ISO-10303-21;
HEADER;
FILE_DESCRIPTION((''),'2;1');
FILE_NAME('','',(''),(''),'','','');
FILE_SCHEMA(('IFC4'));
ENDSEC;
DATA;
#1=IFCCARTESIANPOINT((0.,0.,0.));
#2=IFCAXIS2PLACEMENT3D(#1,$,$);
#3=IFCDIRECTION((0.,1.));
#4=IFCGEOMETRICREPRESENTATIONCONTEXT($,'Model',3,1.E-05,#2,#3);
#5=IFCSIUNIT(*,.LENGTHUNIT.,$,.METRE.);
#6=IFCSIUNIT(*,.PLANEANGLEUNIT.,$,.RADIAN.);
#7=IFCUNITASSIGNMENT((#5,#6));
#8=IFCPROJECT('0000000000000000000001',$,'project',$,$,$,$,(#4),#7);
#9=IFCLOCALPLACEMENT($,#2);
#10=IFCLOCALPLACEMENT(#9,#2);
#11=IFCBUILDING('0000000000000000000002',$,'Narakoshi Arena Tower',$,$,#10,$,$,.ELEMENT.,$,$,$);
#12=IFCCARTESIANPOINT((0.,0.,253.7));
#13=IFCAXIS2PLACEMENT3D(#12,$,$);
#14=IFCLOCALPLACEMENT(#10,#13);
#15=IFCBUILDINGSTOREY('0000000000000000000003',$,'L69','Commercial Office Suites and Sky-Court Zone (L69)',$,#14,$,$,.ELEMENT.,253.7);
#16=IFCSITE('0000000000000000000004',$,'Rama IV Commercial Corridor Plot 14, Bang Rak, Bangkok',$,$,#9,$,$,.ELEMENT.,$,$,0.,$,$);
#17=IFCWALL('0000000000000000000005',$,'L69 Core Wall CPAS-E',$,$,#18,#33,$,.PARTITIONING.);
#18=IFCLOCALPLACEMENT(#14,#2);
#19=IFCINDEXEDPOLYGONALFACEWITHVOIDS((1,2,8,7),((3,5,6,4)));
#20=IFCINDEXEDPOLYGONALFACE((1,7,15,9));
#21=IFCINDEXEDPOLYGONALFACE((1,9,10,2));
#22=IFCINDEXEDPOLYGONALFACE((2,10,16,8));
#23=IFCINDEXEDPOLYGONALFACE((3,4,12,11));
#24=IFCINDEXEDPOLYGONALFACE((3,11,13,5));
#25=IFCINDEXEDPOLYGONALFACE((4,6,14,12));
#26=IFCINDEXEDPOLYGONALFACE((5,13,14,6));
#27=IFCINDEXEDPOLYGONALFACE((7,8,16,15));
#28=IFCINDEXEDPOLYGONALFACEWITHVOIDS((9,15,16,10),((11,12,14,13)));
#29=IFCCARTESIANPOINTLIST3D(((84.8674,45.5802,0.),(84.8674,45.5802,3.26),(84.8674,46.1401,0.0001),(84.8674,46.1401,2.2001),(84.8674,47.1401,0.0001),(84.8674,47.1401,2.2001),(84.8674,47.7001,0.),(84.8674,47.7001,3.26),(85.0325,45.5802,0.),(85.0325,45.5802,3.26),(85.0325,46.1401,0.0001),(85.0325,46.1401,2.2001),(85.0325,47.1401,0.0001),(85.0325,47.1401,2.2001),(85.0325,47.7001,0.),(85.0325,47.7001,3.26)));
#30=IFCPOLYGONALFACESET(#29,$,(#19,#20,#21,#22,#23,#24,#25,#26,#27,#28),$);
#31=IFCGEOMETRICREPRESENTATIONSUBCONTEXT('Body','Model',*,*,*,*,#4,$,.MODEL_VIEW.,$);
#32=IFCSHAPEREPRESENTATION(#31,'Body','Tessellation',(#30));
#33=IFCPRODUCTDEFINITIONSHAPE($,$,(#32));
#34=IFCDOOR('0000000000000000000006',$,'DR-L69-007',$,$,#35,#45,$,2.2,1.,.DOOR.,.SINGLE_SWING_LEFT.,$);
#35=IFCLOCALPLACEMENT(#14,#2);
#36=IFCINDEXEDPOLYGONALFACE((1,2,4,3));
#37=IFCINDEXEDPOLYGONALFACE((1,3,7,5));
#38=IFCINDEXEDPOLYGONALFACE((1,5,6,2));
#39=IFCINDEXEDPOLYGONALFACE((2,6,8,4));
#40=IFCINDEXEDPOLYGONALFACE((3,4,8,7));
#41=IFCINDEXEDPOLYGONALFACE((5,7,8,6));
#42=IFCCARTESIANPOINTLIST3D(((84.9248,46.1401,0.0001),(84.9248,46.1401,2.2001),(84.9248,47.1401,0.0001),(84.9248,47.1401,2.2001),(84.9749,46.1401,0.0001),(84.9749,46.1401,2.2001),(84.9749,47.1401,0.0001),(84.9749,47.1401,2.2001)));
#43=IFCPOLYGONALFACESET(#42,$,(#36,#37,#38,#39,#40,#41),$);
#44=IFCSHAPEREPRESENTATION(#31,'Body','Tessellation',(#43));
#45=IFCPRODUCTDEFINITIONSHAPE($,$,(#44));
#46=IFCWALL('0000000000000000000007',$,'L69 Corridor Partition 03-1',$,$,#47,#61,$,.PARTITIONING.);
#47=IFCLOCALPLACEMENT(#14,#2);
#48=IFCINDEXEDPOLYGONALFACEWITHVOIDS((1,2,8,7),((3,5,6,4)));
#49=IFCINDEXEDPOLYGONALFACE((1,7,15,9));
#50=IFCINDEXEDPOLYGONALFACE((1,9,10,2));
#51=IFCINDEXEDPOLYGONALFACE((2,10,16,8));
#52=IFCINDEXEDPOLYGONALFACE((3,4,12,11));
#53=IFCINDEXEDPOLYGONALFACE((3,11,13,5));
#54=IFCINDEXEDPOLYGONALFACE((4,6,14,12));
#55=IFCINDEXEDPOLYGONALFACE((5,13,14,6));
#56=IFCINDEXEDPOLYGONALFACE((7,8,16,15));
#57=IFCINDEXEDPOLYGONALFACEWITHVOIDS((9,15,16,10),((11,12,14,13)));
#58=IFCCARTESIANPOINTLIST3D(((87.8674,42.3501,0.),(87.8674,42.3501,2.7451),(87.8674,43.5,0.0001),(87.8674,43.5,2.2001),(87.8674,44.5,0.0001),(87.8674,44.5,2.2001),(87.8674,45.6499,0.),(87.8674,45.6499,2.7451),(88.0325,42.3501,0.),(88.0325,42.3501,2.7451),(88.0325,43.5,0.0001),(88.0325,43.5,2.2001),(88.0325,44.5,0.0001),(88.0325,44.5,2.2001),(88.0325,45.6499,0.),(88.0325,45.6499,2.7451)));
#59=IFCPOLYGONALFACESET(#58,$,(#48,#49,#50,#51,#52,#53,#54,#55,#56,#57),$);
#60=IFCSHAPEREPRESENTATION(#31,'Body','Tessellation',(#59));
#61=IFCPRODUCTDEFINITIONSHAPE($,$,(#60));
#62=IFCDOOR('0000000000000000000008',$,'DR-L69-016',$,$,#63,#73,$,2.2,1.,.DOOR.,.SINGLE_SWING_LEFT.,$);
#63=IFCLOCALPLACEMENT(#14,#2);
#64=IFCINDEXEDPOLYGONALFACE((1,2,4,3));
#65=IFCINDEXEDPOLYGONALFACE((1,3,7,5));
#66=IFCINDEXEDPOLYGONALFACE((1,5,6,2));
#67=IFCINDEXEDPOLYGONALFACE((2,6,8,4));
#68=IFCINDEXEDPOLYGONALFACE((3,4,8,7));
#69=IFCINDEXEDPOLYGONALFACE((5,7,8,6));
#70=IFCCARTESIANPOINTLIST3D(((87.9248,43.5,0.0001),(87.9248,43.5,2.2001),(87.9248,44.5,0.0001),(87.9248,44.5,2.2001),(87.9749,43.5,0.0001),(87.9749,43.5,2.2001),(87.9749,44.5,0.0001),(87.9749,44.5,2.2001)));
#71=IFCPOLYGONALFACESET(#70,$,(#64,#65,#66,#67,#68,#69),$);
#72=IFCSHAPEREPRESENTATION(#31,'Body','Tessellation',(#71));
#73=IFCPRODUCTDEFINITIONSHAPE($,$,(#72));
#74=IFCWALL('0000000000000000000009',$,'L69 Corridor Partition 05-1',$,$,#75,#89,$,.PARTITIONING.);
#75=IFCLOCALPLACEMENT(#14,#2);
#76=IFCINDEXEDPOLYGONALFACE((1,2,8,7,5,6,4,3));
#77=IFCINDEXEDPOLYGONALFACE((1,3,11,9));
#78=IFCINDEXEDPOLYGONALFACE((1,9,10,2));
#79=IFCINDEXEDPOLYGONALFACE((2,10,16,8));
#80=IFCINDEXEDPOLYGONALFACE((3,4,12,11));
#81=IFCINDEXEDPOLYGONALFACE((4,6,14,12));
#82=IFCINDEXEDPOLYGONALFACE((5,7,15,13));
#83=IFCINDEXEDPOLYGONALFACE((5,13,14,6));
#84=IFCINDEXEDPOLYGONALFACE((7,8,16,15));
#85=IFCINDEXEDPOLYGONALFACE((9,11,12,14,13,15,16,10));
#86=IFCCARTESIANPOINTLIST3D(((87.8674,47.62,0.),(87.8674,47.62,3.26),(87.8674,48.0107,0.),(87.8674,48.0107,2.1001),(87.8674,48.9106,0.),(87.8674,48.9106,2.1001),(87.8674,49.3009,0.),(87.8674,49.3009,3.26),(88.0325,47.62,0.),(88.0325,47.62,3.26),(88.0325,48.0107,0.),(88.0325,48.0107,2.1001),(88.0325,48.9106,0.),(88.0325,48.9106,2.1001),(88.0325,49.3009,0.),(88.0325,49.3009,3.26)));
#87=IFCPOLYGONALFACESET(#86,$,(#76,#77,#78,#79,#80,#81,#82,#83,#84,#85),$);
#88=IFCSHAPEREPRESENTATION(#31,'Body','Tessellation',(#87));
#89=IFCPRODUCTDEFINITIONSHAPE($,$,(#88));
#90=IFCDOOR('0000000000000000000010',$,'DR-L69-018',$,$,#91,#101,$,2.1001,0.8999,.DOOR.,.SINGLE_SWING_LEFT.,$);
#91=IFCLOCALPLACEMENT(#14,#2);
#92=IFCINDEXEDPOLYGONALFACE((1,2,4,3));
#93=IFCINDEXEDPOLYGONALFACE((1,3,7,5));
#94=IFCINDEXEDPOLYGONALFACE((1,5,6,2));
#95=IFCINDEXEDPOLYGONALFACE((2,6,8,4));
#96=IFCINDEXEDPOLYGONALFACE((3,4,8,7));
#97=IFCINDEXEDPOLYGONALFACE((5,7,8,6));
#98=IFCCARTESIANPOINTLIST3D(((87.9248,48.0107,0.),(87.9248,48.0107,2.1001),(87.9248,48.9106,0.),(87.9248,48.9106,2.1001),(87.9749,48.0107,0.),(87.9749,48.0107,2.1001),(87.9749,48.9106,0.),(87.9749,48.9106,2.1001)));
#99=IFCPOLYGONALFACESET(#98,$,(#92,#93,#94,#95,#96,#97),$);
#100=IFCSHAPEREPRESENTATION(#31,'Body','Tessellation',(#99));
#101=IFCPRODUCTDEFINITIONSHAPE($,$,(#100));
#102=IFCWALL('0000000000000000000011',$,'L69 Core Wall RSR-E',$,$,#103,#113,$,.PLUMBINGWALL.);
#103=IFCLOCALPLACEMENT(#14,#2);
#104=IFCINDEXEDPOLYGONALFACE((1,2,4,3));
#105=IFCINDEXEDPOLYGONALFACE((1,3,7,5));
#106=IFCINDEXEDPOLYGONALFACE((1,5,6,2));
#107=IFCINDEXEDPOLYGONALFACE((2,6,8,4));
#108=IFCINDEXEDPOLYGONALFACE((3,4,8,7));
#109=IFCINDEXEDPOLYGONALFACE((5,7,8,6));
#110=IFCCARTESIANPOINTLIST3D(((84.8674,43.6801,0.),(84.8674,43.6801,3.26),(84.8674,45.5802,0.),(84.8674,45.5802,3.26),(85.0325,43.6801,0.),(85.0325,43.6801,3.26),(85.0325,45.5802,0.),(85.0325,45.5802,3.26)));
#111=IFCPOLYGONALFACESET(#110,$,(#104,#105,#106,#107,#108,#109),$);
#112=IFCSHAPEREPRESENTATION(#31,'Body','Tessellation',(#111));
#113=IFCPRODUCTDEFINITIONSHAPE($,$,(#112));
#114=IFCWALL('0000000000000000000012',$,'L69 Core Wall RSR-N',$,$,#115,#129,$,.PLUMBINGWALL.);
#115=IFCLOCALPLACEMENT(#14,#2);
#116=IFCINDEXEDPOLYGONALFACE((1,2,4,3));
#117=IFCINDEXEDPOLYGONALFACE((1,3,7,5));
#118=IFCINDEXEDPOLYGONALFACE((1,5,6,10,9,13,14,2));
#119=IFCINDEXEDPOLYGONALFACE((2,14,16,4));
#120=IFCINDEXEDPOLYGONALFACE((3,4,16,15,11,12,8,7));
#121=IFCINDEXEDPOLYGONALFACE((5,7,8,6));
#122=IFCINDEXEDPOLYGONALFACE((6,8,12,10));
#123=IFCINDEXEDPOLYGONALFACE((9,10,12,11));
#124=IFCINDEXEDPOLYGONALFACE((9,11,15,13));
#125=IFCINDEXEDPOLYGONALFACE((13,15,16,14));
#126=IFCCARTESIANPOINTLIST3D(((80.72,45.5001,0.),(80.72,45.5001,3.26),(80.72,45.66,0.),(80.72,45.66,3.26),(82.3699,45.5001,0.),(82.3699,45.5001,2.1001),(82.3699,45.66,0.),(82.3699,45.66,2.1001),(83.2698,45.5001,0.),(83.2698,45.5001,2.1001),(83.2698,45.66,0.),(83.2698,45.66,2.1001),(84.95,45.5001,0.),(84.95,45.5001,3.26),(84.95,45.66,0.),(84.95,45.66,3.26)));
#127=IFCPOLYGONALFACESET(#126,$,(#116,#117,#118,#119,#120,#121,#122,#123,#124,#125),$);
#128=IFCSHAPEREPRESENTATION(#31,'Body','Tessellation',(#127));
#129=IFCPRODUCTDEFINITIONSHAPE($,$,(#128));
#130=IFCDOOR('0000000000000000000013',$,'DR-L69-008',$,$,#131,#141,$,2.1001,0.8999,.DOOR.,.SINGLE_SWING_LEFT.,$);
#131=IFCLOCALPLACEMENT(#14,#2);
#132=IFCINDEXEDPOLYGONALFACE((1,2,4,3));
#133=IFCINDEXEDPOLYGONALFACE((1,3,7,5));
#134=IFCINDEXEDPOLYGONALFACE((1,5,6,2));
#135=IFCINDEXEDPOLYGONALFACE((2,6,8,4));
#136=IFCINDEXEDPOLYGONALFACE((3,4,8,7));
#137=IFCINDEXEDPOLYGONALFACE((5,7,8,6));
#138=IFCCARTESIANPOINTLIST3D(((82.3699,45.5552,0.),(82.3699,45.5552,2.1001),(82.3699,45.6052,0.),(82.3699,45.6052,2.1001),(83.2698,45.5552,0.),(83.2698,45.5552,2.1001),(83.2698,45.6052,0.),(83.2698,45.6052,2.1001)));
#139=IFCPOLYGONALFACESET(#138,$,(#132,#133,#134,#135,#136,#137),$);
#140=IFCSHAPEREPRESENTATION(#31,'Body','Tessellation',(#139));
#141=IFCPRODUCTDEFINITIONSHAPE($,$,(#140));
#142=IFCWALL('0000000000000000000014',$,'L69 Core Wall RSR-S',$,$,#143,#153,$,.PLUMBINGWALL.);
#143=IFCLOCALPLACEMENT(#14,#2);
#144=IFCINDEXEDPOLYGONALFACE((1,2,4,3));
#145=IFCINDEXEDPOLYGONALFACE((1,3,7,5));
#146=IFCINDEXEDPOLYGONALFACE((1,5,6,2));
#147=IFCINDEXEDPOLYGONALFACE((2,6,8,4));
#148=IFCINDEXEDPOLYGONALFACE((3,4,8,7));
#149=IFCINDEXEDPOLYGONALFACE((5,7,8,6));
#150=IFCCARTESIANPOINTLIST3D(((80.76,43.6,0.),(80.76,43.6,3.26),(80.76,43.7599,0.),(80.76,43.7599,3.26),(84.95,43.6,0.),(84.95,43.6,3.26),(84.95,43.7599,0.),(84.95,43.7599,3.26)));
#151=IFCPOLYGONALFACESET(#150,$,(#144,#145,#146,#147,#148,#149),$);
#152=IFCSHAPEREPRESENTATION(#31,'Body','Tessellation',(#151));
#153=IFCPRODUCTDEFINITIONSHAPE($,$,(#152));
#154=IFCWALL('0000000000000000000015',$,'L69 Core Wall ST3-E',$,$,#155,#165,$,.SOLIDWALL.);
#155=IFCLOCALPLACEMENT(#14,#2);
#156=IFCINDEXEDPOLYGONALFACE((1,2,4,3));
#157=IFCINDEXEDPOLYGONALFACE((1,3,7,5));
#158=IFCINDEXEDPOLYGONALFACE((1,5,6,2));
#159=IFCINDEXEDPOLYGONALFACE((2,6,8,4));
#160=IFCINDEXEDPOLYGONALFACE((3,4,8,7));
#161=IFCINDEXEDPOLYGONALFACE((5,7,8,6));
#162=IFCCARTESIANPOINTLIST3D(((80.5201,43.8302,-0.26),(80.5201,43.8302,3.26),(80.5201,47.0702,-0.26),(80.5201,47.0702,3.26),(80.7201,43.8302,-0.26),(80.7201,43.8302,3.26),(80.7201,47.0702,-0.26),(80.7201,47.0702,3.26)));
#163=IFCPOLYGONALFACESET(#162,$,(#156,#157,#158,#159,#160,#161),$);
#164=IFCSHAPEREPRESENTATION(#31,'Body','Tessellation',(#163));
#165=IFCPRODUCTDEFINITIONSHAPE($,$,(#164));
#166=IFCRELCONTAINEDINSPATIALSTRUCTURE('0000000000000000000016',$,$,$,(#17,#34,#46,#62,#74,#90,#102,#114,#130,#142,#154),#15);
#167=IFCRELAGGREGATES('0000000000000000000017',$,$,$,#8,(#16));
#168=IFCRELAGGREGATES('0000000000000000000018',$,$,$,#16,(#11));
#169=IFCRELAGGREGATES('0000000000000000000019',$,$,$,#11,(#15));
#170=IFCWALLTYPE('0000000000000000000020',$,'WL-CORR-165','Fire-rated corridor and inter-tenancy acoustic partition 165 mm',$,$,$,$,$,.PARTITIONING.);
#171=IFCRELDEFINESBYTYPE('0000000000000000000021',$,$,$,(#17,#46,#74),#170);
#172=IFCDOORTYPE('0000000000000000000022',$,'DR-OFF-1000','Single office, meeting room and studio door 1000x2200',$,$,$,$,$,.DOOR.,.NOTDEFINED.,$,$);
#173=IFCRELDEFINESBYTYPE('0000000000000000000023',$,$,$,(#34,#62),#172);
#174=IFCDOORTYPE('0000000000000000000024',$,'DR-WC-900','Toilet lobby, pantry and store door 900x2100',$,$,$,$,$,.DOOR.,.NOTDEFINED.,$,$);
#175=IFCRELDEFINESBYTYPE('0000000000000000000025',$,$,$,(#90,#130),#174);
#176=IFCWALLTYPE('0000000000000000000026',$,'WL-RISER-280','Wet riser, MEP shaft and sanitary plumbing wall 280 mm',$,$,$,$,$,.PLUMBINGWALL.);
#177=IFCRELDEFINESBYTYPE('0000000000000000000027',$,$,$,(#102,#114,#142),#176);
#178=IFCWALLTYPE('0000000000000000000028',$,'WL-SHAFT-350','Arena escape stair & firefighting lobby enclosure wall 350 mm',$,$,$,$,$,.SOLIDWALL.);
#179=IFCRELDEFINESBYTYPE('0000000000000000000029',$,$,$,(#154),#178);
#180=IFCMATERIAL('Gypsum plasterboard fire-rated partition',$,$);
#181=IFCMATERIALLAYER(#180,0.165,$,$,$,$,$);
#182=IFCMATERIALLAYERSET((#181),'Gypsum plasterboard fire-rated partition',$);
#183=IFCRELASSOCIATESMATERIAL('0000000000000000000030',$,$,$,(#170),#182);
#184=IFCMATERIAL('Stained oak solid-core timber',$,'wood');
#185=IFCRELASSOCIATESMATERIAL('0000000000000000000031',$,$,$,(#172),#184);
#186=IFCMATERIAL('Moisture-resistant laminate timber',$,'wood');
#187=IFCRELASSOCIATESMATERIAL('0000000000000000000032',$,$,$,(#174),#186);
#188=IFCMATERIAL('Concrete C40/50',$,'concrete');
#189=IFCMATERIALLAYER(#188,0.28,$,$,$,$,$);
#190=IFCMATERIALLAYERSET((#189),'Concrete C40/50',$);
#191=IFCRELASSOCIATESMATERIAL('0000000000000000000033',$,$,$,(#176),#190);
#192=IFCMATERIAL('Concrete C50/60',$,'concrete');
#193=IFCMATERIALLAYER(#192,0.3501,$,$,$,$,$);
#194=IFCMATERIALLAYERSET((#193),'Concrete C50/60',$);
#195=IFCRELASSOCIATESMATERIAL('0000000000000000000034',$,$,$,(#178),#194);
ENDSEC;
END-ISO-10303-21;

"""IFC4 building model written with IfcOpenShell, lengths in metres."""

from ifc_helpers import new_model, si_unit, direction, frame, frame_2d, origin, place, context, subcontext, project, spatial, rectangle, extrude, material, layer, layer_set, type_object, element, fill, save


model = new_model("IFC4")

# Units and contexts
model_context = context("Model", 3, precision=1e-05, world=origin(), true_north=direction((0.0, 1.0)))
body_context = subcontext(model_context, "Body", "Model", "MODEL_VIEW")
ifc_project = project(units=[si_unit("LENGTHUNIT", "METRE"), si_unit("PLANEANGLEUNIT", "RADIAN")], contexts=[model_context])

# Site, building, storey
site_placement = place(None, origin())
site = spatial("IfcSite", under=ifc_project, at=site_placement, Name="Rama IV Commercial Corridor Plot 14, Bang Rak, Bangkok", CompositionType="ELEMENT", RefElevation=0.0)
building_placement = place(site_placement, origin())
building = spatial("IfcBuilding", under=site, at=building_placement, Name="Narakoshi Arena Tower", CompositionType="ELEMENT")
storey_placement = place(building_placement, frame((0.0, 0.0, 253.7)))
storey = spatial("IfcBuildingStorey", under=building, at=storey_placement, Name="L69", Description="Commercial Office Suites and Sky-Court Zone (L69)", CompositionType="ELEMENT", Elevation=253.7)

# Shared definitions
ifc_material_1 = material(Name="Concrete C50/60", Category="concrete")

# Walls, openings, doors
ifc_material_2 = material(Name="Gypsum plasterboard fire-rated partition")
ifc_layer_1 = layer(ifc_material_2, 0.165)
ifc_layer_set_1 = layer_set([ifc_layer_1], Name="Gypsum plasterboard fire-rated partition")
wall_type_1 = type_object("IfcWallType", Name="WL-CORR-165", Description="Fire-rated corridor and inter-tenancy acoustic partition 165 mm", PredefinedType="PARTITIONING", material=ifc_layer_set_1)
wall_1_placement = place(storey_placement, frame((84.95, 45.5801, 0.0), z_axis=(0.0, 0.0, 1.0), x_axis=(0.0, 1.0, 0.0)))
wall_1 = element("IfcWall", 1, at=wall_1_placement, inside=storey, type_object=wall_type_1, Name="L69 Core Wall CPAS-E", PredefinedType="PARTITIONING", context=body_context, shape_type="SweptSolid", body=[
    extrude(rectangle(XDim=2.1199, YDim=0.165, at=frame_2d((1.0601, 0.0))), origin(), (0.0, 0.0, 1.0), 3.26),
])
opening_1_placement = place(wall_1_placement, frame((0.5601, 0.0, 0.0)))
opening_1 = element("IfcOpeningElement", 2, at=opening_1_placement, cuts=wall_1, PredefinedType="OPENING", context=body_context, shape_type="SweptSolid", body=[
    extrude(rectangle(XDim=1.0, YDim=2.2, at=frame_2d((0.5, 1.1001))), frame((0.0, 0.0925, 0.0), z_axis=(0.0, -1.0, 0.0), x_axis=(1.0, 0.0, 0.0)), (0.0, 0.0, 1.0), 0.1851),
])
ifc_material_3 = material(Name="Stained oak solid-core timber", Category="wood")
door_type_1 = type_object("IfcDoorType", Name="DR-OFF-1000", Description="Single office, meeting room and studio door 1000x2200", OperationType="NOTDEFINED", PredefinedType="DOOR", material=ifc_material_3)
door_1_placement = place(opening_1_placement, frame((1.0, 0.0, 0.0), z_axis=(0.0, 0.0, 1.0), x_axis=(-1.0, 0.0, 0.0)))
door_1 = element("IfcDoor", 3, at=door_1_placement, inside=storey, type_object=door_type_1, Name="DR-L69-007", OperationType="SINGLE_SWING_LEFT", OverallHeight=2.2, OverallWidth=1.0, PredefinedType="DOOR", context=body_context, shape_type="SweptSolid", body=[
    extrude(rectangle(XDim=1.0, YDim=2.2, at=frame_2d((0.5, 1.1001))), frame((0.0, 0.0249, 0.0), z_axis=(0.0, -1.0, 0.0), x_axis=(1.0, 0.0, 0.0)), (0.0, 0.0, 1.0), 0.05),
])
fill(opening_1, door_1)
wall_2_placement = place(storey_placement, frame((87.95, 42.3501, 0.0), z_axis=(0.0, 0.0, 1.0), x_axis=(0.0, 1.0, 0.0)))
wall_2 = element("IfcWall", 4, at=wall_2_placement, inside=storey, type_object=wall_type_1, Name="L69 Corridor Partition 03-1", PredefinedType="PARTITIONING", context=body_context, shape_type="SweptSolid", body=[
    extrude(rectangle(XDim=3.2998, YDim=0.165, at=frame_2d((1.6499, 0.0))), origin(), (0.0, 0.0, 1.0), 2.7451),
])
opening_2_placement = place(wall_2_placement, frame((1.1499, 0.0, 0.0)))
opening_2 = element("IfcOpeningElement", 5, at=opening_2_placement, cuts=wall_2, PredefinedType="OPENING", context=body_context, shape_type="SweptSolid", body=[
    extrude(rectangle(XDim=1.0, YDim=2.2, at=frame_2d((0.5, 1.1001))), frame((0.0, 0.0925, 0.0), z_axis=(0.0, -1.0, 0.0), x_axis=(1.0, 0.0, 0.0)), (0.0, 0.0, 1.0), 0.1851),
])
door_2_placement = place(opening_2_placement, frame((1.0, 0.0, 0.0), z_axis=(0.0, 0.0, 1.0), x_axis=(-1.0, 0.0, 0.0)))
door_2 = element("IfcDoor", 6, at=door_2_placement, inside=storey, type_object=door_type_1, Name="DR-L69-016", OperationType="SINGLE_SWING_LEFT", OverallHeight=2.2, OverallWidth=1.0, PredefinedType="DOOR", context=body_context, shape_type="SweptSolid", body=[
    extrude(rectangle(XDim=1.0, YDim=2.2, at=frame_2d((0.5, 1.1001))), frame((0.0, 0.0249, 0.0), z_axis=(0.0, -1.0, 0.0), x_axis=(1.0, 0.0, 0.0)), (0.0, 0.0, 1.0), 0.05),
])
fill(opening_2, door_2)
wall_3_placement = place(storey_placement, frame((87.95, 47.6201, 0.0), z_axis=(0.0, 0.0, 1.0), x_axis=(0.0, 1.0, 0.0)))
wall_3 = element("IfcWall", 7, at=wall_3_placement, inside=storey, type_object=wall_type_1, Name="L69 Corridor Partition 05-1", PredefinedType="PARTITIONING", context=body_context, shape_type="SweptSolid", body=[
    extrude(rectangle(XDim=1.6809, YDim=0.165, at=frame_2d((0.8403, 0.0))), origin(), (0.0, 0.0, 1.0), 3.26),
])
opening_3_placement = place(wall_3_placement, frame((0.3906, 0.0, 0.0)))
opening_3 = element("IfcOpeningElement", 8, at=opening_3_placement, cuts=wall_3, PredefinedType="OPENING", context=body_context, shape_type="SweptSolid", body=[
    extrude(rectangle(XDim=0.8999, YDim=2.1001, at=frame_2d((0.45, 1.05))), frame((0.0, 0.0925, 0.0), z_axis=(0.0, -1.0, 0.0), x_axis=(1.0, 0.0, 0.0)), (0.0, 0.0, 1.0), 0.1851),
])
ifc_material_4 = material(Name="Moisture-resistant laminate timber", Category="wood")
door_type_2 = type_object("IfcDoorType", Name="DR-WC-900", Description="Toilet lobby, pantry and store door 900x2100", OperationType="NOTDEFINED", PredefinedType="DOOR", material=ifc_material_4)
door_3_placement = place(opening_3_placement, frame((0.8999, 0.0, 0.0), z_axis=(0.0, 0.0, 1.0), x_axis=(-1.0, 0.0, 0.0)))
door_3 = element("IfcDoor", 9, at=door_3_placement, inside=storey, type_object=door_type_2, Name="DR-L69-018", OperationType="SINGLE_SWING_LEFT", OverallHeight=2.1001, OverallWidth=0.8999, PredefinedType="DOOR", context=body_context, shape_type="SweptSolid", body=[
    extrude(rectangle(XDim=0.8999, YDim=2.1001, at=frame_2d((0.45, 1.05))), frame((0.0, 0.0249, 0.0), z_axis=(0.0, -1.0, 0.0), x_axis=(1.0, 0.0, 0.0)), (0.0, 0.0, 1.0), 0.05),
])
fill(opening_3, door_3)

# Wall
ifc_material_5 = material(Name="Concrete C40/50", Category="concrete")
ifc_layer_2 = layer(ifc_material_5, 0.28)
ifc_layer_set_2 = layer_set([ifc_layer_2], Name="Concrete C40/50")
wall_type_2 = type_object("IfcWallType", Name="WL-RISER-280", Description="Wet riser, MEP shaft and sanitary plumbing wall 280 mm", PredefinedType="PLUMBINGWALL", material=ifc_layer_set_2)
wall_4_placement = place(storey_placement, frame((84.95, 43.6799, 0.0), z_axis=(0.0, 0.0, 1.0), x_axis=(0.0, 1.0, 0.0)))
element("IfcWall", 10, at=wall_4_placement, inside=storey, type_object=wall_type_2, Name="L69 Core Wall RSR-E", PredefinedType="PLUMBINGWALL", context=body_context, shape_type="SweptSolid", body=[
    extrude(rectangle(XDim=1.9001, YDim=0.165, at=frame_2d((0.9502, 0.0))), origin(), (0.0, 0.0, 1.0), 3.26),
])

# Wall, opening, door
wall_5_placement = place(storey_placement, frame((80.72, 45.5801, 0.0), z_axis=(0.0, 0.0, 1.0), x_axis=(1.0, 0.0, 0.0)))
wall_5 = element("IfcWall", 11, at=wall_5_placement, inside=storey, type_object=wall_type_2, Name="L69 Core Wall RSR-N", PredefinedType="PLUMBINGWALL", context=body_context, shape_type="SweptSolid", body=[
    extrude(rectangle(XDim=4.23, YDim=0.1599, at=frame_2d((2.115, 0.0))), origin(), (0.0, 0.0, 1.0), 3.26),
])
opening_4_placement = place(wall_5_placement, frame((1.6499, 0.0, 0.0)))
opening_4 = element("IfcOpeningElement", 12, at=opening_4_placement, cuts=wall_5, PredefinedType="OPENING", context=body_context, shape_type="SweptSolid", body=[
    extrude(rectangle(XDim=0.8999, YDim=2.1001, at=frame_2d((0.45, 1.05))), frame((0.0, 0.0898, 0.0), z_axis=(0.0, -1.0, 0.0), x_axis=(1.0, 0.0, 0.0)), (0.0, 0.0, 1.0), 0.1799),
])
door_4_placement = place(opening_4_placement, frame((0.8999, 0.0, 0.0), z_axis=(0.0, 0.0, 1.0), x_axis=(-1.0, 0.0, 0.0)))
door_4 = element("IfcDoor", 13, at=door_4_placement, inside=storey, type_object=door_type_2, Name="DR-L69-008", OperationType="SINGLE_SWING_LEFT", OverallHeight=2.1001, OverallWidth=0.8999, PredefinedType="DOOR", context=body_context, shape_type="SweptSolid", body=[
    extrude(rectangle(XDim=0.8999, YDim=2.1001, at=frame_2d((0.45, 1.05))), frame((0.0, 0.0249, 0.0), z_axis=(0.0, -1.0, 0.0), x_axis=(1.0, 0.0, 0.0)), (0.0, 0.0, 1.0), 0.05),
])
fill(opening_4, door_4)

# Walls
wall_6_placement = place(storey_placement, frame((80.76, 43.6799, 0.0), z_axis=(0.0, 0.0, 1.0), x_axis=(1.0, 0.0, 0.0)))
element("IfcWall", 14, at=wall_6_placement, inside=storey, type_object=wall_type_2, Name="L69 Core Wall RSR-S", PredefinedType="PLUMBINGWALL", context=body_context, shape_type="SweptSolid", body=[
    extrude(rectangle(XDim=4.1899, YDim=0.1599, at=frame_2d((2.095, 0.0))), origin(), (0.0, 0.0, 1.0), 3.26),
])
ifc_layer_3 = layer(ifc_material_1, 0.3501)
ifc_layer_set_3 = layer_set([ifc_layer_3], Name="Concrete C50/60")
wall_type_3 = type_object("IfcWallType", Name="WL-SHAFT-350", Description="Arena escape stair & firefighting lobby enclosure wall 350 mm", PredefinedType="SOLIDWALL", material=ifc_layer_set_3)
wall_7_placement = place(storey_placement, frame((80.6201, 43.8301, -0.26), z_axis=(0.0, 0.0, 1.0), x_axis=(0.0, 1.0, 0.0)))
element("IfcWall", 15, at=wall_7_placement, inside=storey, type_object=wall_type_3, Name="L69 Core Wall ST3-E", PredefinedType="SOLIDWALL", context=body_context, shape_type="SweptSolid", body=[
    extrude(rectangle(XDim=3.24, YDim=0.2, at=frame_2d((1.6201, 0.0))), origin(), (0.0, 0.0, 1.0), 3.52),
])

save(model, "model.ifc")
